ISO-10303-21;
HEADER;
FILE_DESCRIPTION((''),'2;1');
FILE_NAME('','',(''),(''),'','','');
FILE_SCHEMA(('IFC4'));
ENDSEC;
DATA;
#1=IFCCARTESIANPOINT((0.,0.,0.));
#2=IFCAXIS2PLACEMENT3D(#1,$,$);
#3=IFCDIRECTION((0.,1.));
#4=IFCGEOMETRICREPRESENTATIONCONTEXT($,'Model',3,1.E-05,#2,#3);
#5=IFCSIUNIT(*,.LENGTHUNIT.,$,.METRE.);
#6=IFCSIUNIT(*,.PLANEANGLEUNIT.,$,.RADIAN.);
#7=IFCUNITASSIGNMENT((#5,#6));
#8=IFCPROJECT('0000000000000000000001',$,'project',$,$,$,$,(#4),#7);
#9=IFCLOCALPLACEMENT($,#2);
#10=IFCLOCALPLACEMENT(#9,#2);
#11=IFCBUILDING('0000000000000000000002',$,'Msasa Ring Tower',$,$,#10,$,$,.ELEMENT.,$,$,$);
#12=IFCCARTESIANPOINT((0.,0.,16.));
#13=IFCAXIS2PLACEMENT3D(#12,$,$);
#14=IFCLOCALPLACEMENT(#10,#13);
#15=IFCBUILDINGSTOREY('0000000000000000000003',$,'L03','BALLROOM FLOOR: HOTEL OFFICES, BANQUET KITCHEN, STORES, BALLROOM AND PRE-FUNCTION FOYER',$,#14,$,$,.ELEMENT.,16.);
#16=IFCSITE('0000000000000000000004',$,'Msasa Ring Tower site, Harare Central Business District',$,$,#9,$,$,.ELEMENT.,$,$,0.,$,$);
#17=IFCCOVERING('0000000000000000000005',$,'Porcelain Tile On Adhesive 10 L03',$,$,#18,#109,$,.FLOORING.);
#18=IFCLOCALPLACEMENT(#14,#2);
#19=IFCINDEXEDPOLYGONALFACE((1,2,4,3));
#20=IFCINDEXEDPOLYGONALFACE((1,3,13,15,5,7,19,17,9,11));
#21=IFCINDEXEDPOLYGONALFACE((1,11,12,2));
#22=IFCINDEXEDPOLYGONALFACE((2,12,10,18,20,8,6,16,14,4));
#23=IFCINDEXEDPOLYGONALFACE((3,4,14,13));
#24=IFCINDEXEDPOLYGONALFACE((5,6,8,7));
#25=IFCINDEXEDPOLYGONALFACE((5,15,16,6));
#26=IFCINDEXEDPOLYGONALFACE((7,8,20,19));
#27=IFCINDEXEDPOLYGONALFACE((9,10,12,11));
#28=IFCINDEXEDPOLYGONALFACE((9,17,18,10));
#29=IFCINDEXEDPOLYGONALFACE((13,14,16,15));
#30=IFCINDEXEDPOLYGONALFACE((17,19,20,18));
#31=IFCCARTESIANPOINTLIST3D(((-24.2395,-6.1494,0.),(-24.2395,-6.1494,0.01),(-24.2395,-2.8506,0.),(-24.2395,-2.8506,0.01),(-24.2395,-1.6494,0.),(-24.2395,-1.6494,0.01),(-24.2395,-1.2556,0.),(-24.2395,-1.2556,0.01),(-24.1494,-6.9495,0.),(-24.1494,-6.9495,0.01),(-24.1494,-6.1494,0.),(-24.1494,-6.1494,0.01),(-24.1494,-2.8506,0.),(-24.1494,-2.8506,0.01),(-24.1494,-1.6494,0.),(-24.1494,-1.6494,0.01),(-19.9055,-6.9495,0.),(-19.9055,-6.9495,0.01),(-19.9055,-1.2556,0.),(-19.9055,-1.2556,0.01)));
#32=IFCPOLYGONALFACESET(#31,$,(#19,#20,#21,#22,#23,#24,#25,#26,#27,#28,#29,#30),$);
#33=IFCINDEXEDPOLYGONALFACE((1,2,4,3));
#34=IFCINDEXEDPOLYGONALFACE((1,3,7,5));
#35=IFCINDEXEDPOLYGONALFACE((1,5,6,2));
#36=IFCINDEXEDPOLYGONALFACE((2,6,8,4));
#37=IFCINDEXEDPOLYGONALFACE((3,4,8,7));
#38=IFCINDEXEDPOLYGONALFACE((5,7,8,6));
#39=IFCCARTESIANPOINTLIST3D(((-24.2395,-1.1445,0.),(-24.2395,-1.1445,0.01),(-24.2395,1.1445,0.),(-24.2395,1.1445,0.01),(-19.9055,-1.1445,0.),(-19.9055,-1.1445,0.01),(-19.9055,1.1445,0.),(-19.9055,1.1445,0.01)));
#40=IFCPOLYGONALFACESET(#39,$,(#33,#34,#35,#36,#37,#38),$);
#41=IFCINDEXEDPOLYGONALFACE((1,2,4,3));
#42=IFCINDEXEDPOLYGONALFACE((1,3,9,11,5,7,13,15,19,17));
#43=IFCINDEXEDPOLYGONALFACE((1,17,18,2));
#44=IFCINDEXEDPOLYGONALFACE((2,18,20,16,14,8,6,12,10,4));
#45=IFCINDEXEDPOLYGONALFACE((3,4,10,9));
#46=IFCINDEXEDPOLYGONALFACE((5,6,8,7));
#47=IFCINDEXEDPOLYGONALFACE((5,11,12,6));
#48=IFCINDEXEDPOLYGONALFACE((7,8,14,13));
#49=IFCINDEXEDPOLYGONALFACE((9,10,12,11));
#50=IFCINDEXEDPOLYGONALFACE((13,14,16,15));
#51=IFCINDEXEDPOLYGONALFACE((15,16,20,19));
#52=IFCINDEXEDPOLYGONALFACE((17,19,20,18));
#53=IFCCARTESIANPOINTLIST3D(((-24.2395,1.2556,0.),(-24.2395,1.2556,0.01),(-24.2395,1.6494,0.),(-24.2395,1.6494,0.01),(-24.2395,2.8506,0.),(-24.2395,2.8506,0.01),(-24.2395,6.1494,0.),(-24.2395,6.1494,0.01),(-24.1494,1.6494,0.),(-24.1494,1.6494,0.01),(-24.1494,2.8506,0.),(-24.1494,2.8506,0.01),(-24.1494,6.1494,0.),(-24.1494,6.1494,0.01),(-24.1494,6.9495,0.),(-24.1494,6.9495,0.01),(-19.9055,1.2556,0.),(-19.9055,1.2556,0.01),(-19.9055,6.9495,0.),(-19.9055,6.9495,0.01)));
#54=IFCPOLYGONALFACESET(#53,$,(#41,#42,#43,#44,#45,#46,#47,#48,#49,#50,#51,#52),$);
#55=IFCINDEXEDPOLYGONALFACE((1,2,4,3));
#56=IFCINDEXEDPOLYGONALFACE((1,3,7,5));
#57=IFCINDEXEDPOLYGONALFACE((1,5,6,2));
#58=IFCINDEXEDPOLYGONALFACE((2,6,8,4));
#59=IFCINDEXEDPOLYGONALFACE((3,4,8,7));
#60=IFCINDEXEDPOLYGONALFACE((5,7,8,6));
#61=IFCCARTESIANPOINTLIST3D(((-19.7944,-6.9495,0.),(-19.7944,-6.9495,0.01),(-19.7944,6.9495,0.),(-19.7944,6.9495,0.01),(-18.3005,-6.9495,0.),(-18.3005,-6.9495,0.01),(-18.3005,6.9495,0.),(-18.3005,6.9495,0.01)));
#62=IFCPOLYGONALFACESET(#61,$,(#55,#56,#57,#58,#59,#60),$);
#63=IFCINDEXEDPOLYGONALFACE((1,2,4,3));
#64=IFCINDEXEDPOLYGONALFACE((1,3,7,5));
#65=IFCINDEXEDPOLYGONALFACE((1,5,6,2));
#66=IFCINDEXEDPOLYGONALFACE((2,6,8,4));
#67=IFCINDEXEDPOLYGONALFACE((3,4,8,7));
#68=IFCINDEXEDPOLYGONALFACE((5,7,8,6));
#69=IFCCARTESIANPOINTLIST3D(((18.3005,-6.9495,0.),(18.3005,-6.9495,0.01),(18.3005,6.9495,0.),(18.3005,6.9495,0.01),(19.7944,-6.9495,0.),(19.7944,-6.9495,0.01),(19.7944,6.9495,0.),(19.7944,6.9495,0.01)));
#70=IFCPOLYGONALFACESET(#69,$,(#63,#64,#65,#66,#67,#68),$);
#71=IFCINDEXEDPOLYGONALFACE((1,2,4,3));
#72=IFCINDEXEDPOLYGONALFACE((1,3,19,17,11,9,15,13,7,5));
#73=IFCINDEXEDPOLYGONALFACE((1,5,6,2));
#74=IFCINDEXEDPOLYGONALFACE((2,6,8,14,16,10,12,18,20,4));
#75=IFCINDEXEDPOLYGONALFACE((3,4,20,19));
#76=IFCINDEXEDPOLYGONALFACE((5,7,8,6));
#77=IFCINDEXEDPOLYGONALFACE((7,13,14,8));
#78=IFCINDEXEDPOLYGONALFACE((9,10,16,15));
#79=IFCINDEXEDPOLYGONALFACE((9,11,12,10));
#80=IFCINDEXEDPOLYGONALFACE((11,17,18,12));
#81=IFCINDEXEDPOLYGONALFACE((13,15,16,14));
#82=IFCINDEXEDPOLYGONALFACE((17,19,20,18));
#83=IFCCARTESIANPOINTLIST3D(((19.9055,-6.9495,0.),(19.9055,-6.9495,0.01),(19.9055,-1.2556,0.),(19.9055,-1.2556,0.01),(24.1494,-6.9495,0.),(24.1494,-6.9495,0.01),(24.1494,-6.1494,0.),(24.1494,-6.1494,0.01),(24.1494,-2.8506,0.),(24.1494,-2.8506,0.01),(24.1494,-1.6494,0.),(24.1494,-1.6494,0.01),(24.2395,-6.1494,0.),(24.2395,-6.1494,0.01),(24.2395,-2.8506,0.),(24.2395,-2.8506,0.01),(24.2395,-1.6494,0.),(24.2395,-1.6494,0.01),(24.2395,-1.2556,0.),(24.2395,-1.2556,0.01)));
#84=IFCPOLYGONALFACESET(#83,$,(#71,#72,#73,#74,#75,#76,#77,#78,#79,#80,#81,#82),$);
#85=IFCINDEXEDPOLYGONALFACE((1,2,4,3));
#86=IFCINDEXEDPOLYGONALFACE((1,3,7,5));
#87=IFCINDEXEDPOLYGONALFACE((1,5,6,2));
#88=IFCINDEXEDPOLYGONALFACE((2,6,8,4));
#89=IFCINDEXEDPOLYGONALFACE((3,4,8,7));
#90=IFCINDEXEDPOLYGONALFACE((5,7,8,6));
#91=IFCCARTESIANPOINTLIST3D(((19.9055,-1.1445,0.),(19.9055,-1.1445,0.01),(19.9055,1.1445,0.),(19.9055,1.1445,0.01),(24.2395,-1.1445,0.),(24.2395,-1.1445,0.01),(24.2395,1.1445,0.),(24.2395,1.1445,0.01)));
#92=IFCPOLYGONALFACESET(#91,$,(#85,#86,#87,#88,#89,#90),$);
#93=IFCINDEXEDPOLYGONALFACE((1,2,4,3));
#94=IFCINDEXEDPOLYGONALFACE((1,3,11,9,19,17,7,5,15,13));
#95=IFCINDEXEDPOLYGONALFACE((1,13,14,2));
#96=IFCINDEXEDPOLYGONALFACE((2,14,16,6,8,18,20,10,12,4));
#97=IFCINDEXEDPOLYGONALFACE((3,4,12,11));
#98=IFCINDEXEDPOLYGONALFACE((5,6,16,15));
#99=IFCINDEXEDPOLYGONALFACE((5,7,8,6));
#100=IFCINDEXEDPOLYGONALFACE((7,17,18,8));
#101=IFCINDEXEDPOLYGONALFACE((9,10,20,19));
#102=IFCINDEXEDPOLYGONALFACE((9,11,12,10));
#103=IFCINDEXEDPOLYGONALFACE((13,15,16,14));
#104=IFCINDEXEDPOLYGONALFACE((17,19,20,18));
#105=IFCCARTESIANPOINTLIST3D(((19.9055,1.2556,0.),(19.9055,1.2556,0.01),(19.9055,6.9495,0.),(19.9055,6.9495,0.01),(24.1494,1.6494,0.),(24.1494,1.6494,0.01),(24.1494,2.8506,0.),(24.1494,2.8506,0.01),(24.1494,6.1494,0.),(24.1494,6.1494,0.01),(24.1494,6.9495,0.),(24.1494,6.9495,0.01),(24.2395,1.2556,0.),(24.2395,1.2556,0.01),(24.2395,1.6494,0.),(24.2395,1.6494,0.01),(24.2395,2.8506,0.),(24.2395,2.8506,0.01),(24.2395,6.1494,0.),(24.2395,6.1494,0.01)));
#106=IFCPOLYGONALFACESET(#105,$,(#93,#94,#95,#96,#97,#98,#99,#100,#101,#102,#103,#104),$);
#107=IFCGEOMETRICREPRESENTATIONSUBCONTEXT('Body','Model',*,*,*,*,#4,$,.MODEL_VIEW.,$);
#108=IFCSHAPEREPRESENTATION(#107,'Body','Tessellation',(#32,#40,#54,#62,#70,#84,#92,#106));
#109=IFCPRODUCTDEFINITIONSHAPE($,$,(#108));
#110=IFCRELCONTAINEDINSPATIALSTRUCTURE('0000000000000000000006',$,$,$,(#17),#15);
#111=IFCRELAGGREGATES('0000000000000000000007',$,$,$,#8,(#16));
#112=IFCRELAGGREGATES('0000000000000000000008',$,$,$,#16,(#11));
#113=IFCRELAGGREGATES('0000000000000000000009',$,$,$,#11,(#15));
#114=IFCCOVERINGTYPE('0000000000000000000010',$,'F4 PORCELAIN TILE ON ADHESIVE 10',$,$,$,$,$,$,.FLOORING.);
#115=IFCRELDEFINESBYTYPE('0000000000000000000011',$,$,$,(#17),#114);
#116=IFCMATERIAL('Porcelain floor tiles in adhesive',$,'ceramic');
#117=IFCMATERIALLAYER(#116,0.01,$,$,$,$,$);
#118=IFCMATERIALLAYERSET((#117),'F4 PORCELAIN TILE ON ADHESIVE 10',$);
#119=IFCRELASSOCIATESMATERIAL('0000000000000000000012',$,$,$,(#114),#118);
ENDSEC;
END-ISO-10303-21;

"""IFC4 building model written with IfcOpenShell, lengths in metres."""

from ifc_helpers import new_model, si_unit, direction, frame, origin, place, context, subcontext, project, spatial, line, indexed_curve, outline, extrude, material, layer, layer_set, type_object, element, save


model = new_model("IFC4")

# Units and contexts
model_context = context("Model", 3, precision=1e-05, world=origin(), true_north=direction((0.0, 1.0)))
body_context = subcontext(model_context, "Body", "Model", "MODEL_VIEW")
ifc_project = project(units=[si_unit("LENGTHUNIT", "METRE"), si_unit("PLANEANGLEUNIT", "RADIAN")], contexts=[model_context])

# Site, building, storey
site_placement = place(None, origin())
site = spatial("IfcSite", under=ifc_project, at=site_placement, Name="Msasa Ring Tower site, Harare Central Business District", CompositionType="ELEMENT", RefElevation=0.0)
building_placement = place(site_placement, origin())
building = spatial("IfcBuilding", under=site, at=building_placement, Name="Msasa Ring Tower", CompositionType="ELEMENT")
storey_placement = place(building_placement, frame((0.0, 0.0, 16.0)))
storey = spatial("IfcBuildingStorey", under=building, at=storey_placement, Name="L03", Description="BALLROOM FLOOR: HOTEL OFFICES, BANQUET KITCHEN, STORES, BALLROOM AND PRE-FUNCTION FOYER", CompositionType="ELEMENT", Elevation=16.0)

# Covering
ifc_material_1 = material(Name="Porcelain floor tiles in adhesive", Category="ceramic")
ifc_layer_1 = layer(ifc_material_1, 0.01)
ifc_layer_set_1 = layer_set([ifc_layer_1], Name="F4 PORCELAIN TILE ON ADHESIVE 10")
covering_type_1 = type_object("IfcCoveringType", Name="F4 PORCELAIN TILE ON ADHESIVE 10", PredefinedType="FLOORING", material=ifc_layer_set_1)
covering_1_placement = place(storey_placement, origin())
element("IfcCovering", 1, at=covering_1_placement, inside=storey, type_object=covering_type_1, Name="Porcelain Tile On Adhesive 10 L03", PredefinedType="FLOORING", context=body_context, shape_type="SweptSolid", body=[
    extrude(outline(indexed_curve([(-24.2395, -2.8506), (-24.1494, -2.8506), (-24.1494, -1.6494), (-24.2395, -1.6494), (-24.2395, -1.2556), (-19.9055, -1.2556), (-19.9055, -6.9495), (-24.1494, -6.9495), (-24.1494, -6.1494), (-24.2395, -6.1494)], segments=[line(1, 2, 3, 4, 5, 6, 7, 8, 9, 10, 1)], self_intersect=False)), origin(), (0.0, 0.0, 1.0), 0.01),
    extrude(outline(indexed_curve([(-24.2395, 1.1445), (-19.9055, 1.1445), (-19.9055, -1.1445), (-24.2395, -1.1445)], segments=[line(1, 2, 3, 4, 1)], self_intersect=False)), origin(), (0.0, 0.0, 1.0), 0.01),
    extrude(outline(indexed_curve([(-24.2395, 1.6494), (-24.1494, 1.6494), (-24.1494, 2.8506), (-24.2395, 2.8506), (-24.2395, 6.1494), (-24.1494, 6.1494), (-24.1494, 6.9495), (-19.9055, 6.9495), (-19.9055, 1.2556), (-24.2395, 1.2556)], segments=[line(1, 2, 3, 4, 5, 6, 7, 8, 9, 10, 1)], self_intersect=False)), origin(), (0.0, 0.0, 1.0), 0.01),
    extrude(outline(indexed_curve([(-19.7944, 6.9495), (-18.3005, 6.9495), (-18.3005, -6.9495), (-19.7944, -6.9495)], segments=[line(1, 2, 3, 4, 1)], self_intersect=False)), origin(), (0.0, 0.0, 1.0), 0.01),
    extrude(outline(indexed_curve([(18.3005, -6.9495), (18.3005, 6.9495), (19.7944, 6.9495), (19.7944, -6.9495)], segments=[line(1, 2, 3, 4, 1)], self_intersect=False)), origin(), (0.0, 0.0, 1.0), 0.01),
    extrude(outline(indexed_curve([(19.9055, -1.2556), (24.2395, -1.2556), (24.2395, -1.6494), (24.1494, -1.6494), (24.1494, -2.8506), (24.2395, -2.8506), (24.2395, -6.1494), (24.1494, -6.1494), (24.1494, -6.9495), (19.9055, -6.9495)], segments=[line(1, 2, 3, 4, 5, 6, 7, 8, 9, 10, 1)], self_intersect=False)), origin(), (0.0, 0.0, 1.0), 0.01),
    extrude(outline(indexed_curve([(19.9055, 1.1445), (24.2395, 1.1445), (24.2395, -1.1445), (19.9055, -1.1445)], segments=[line(1, 2, 3, 4, 1)], self_intersect=False)), origin(), (0.0, 0.0, 1.0), 0.01),
    extrude(outline(indexed_curve([(19.9055, 6.9495), (24.1494, 6.9495), (24.1494, 6.1494), (24.2395, 6.1494), (24.2395, 2.8506), (24.1494, 2.8506), (24.1494, 1.6494), (24.2395, 1.6494), (24.2395, 1.2556), (19.9055, 1.2556)], segments=[line(1, 2, 3, 4, 5, 6, 7, 8, 9, 10, 1)], self_intersect=False)), origin(), (0.0, 0.0, 1.0), 0.01),
])

save(model, "model.ifc")
